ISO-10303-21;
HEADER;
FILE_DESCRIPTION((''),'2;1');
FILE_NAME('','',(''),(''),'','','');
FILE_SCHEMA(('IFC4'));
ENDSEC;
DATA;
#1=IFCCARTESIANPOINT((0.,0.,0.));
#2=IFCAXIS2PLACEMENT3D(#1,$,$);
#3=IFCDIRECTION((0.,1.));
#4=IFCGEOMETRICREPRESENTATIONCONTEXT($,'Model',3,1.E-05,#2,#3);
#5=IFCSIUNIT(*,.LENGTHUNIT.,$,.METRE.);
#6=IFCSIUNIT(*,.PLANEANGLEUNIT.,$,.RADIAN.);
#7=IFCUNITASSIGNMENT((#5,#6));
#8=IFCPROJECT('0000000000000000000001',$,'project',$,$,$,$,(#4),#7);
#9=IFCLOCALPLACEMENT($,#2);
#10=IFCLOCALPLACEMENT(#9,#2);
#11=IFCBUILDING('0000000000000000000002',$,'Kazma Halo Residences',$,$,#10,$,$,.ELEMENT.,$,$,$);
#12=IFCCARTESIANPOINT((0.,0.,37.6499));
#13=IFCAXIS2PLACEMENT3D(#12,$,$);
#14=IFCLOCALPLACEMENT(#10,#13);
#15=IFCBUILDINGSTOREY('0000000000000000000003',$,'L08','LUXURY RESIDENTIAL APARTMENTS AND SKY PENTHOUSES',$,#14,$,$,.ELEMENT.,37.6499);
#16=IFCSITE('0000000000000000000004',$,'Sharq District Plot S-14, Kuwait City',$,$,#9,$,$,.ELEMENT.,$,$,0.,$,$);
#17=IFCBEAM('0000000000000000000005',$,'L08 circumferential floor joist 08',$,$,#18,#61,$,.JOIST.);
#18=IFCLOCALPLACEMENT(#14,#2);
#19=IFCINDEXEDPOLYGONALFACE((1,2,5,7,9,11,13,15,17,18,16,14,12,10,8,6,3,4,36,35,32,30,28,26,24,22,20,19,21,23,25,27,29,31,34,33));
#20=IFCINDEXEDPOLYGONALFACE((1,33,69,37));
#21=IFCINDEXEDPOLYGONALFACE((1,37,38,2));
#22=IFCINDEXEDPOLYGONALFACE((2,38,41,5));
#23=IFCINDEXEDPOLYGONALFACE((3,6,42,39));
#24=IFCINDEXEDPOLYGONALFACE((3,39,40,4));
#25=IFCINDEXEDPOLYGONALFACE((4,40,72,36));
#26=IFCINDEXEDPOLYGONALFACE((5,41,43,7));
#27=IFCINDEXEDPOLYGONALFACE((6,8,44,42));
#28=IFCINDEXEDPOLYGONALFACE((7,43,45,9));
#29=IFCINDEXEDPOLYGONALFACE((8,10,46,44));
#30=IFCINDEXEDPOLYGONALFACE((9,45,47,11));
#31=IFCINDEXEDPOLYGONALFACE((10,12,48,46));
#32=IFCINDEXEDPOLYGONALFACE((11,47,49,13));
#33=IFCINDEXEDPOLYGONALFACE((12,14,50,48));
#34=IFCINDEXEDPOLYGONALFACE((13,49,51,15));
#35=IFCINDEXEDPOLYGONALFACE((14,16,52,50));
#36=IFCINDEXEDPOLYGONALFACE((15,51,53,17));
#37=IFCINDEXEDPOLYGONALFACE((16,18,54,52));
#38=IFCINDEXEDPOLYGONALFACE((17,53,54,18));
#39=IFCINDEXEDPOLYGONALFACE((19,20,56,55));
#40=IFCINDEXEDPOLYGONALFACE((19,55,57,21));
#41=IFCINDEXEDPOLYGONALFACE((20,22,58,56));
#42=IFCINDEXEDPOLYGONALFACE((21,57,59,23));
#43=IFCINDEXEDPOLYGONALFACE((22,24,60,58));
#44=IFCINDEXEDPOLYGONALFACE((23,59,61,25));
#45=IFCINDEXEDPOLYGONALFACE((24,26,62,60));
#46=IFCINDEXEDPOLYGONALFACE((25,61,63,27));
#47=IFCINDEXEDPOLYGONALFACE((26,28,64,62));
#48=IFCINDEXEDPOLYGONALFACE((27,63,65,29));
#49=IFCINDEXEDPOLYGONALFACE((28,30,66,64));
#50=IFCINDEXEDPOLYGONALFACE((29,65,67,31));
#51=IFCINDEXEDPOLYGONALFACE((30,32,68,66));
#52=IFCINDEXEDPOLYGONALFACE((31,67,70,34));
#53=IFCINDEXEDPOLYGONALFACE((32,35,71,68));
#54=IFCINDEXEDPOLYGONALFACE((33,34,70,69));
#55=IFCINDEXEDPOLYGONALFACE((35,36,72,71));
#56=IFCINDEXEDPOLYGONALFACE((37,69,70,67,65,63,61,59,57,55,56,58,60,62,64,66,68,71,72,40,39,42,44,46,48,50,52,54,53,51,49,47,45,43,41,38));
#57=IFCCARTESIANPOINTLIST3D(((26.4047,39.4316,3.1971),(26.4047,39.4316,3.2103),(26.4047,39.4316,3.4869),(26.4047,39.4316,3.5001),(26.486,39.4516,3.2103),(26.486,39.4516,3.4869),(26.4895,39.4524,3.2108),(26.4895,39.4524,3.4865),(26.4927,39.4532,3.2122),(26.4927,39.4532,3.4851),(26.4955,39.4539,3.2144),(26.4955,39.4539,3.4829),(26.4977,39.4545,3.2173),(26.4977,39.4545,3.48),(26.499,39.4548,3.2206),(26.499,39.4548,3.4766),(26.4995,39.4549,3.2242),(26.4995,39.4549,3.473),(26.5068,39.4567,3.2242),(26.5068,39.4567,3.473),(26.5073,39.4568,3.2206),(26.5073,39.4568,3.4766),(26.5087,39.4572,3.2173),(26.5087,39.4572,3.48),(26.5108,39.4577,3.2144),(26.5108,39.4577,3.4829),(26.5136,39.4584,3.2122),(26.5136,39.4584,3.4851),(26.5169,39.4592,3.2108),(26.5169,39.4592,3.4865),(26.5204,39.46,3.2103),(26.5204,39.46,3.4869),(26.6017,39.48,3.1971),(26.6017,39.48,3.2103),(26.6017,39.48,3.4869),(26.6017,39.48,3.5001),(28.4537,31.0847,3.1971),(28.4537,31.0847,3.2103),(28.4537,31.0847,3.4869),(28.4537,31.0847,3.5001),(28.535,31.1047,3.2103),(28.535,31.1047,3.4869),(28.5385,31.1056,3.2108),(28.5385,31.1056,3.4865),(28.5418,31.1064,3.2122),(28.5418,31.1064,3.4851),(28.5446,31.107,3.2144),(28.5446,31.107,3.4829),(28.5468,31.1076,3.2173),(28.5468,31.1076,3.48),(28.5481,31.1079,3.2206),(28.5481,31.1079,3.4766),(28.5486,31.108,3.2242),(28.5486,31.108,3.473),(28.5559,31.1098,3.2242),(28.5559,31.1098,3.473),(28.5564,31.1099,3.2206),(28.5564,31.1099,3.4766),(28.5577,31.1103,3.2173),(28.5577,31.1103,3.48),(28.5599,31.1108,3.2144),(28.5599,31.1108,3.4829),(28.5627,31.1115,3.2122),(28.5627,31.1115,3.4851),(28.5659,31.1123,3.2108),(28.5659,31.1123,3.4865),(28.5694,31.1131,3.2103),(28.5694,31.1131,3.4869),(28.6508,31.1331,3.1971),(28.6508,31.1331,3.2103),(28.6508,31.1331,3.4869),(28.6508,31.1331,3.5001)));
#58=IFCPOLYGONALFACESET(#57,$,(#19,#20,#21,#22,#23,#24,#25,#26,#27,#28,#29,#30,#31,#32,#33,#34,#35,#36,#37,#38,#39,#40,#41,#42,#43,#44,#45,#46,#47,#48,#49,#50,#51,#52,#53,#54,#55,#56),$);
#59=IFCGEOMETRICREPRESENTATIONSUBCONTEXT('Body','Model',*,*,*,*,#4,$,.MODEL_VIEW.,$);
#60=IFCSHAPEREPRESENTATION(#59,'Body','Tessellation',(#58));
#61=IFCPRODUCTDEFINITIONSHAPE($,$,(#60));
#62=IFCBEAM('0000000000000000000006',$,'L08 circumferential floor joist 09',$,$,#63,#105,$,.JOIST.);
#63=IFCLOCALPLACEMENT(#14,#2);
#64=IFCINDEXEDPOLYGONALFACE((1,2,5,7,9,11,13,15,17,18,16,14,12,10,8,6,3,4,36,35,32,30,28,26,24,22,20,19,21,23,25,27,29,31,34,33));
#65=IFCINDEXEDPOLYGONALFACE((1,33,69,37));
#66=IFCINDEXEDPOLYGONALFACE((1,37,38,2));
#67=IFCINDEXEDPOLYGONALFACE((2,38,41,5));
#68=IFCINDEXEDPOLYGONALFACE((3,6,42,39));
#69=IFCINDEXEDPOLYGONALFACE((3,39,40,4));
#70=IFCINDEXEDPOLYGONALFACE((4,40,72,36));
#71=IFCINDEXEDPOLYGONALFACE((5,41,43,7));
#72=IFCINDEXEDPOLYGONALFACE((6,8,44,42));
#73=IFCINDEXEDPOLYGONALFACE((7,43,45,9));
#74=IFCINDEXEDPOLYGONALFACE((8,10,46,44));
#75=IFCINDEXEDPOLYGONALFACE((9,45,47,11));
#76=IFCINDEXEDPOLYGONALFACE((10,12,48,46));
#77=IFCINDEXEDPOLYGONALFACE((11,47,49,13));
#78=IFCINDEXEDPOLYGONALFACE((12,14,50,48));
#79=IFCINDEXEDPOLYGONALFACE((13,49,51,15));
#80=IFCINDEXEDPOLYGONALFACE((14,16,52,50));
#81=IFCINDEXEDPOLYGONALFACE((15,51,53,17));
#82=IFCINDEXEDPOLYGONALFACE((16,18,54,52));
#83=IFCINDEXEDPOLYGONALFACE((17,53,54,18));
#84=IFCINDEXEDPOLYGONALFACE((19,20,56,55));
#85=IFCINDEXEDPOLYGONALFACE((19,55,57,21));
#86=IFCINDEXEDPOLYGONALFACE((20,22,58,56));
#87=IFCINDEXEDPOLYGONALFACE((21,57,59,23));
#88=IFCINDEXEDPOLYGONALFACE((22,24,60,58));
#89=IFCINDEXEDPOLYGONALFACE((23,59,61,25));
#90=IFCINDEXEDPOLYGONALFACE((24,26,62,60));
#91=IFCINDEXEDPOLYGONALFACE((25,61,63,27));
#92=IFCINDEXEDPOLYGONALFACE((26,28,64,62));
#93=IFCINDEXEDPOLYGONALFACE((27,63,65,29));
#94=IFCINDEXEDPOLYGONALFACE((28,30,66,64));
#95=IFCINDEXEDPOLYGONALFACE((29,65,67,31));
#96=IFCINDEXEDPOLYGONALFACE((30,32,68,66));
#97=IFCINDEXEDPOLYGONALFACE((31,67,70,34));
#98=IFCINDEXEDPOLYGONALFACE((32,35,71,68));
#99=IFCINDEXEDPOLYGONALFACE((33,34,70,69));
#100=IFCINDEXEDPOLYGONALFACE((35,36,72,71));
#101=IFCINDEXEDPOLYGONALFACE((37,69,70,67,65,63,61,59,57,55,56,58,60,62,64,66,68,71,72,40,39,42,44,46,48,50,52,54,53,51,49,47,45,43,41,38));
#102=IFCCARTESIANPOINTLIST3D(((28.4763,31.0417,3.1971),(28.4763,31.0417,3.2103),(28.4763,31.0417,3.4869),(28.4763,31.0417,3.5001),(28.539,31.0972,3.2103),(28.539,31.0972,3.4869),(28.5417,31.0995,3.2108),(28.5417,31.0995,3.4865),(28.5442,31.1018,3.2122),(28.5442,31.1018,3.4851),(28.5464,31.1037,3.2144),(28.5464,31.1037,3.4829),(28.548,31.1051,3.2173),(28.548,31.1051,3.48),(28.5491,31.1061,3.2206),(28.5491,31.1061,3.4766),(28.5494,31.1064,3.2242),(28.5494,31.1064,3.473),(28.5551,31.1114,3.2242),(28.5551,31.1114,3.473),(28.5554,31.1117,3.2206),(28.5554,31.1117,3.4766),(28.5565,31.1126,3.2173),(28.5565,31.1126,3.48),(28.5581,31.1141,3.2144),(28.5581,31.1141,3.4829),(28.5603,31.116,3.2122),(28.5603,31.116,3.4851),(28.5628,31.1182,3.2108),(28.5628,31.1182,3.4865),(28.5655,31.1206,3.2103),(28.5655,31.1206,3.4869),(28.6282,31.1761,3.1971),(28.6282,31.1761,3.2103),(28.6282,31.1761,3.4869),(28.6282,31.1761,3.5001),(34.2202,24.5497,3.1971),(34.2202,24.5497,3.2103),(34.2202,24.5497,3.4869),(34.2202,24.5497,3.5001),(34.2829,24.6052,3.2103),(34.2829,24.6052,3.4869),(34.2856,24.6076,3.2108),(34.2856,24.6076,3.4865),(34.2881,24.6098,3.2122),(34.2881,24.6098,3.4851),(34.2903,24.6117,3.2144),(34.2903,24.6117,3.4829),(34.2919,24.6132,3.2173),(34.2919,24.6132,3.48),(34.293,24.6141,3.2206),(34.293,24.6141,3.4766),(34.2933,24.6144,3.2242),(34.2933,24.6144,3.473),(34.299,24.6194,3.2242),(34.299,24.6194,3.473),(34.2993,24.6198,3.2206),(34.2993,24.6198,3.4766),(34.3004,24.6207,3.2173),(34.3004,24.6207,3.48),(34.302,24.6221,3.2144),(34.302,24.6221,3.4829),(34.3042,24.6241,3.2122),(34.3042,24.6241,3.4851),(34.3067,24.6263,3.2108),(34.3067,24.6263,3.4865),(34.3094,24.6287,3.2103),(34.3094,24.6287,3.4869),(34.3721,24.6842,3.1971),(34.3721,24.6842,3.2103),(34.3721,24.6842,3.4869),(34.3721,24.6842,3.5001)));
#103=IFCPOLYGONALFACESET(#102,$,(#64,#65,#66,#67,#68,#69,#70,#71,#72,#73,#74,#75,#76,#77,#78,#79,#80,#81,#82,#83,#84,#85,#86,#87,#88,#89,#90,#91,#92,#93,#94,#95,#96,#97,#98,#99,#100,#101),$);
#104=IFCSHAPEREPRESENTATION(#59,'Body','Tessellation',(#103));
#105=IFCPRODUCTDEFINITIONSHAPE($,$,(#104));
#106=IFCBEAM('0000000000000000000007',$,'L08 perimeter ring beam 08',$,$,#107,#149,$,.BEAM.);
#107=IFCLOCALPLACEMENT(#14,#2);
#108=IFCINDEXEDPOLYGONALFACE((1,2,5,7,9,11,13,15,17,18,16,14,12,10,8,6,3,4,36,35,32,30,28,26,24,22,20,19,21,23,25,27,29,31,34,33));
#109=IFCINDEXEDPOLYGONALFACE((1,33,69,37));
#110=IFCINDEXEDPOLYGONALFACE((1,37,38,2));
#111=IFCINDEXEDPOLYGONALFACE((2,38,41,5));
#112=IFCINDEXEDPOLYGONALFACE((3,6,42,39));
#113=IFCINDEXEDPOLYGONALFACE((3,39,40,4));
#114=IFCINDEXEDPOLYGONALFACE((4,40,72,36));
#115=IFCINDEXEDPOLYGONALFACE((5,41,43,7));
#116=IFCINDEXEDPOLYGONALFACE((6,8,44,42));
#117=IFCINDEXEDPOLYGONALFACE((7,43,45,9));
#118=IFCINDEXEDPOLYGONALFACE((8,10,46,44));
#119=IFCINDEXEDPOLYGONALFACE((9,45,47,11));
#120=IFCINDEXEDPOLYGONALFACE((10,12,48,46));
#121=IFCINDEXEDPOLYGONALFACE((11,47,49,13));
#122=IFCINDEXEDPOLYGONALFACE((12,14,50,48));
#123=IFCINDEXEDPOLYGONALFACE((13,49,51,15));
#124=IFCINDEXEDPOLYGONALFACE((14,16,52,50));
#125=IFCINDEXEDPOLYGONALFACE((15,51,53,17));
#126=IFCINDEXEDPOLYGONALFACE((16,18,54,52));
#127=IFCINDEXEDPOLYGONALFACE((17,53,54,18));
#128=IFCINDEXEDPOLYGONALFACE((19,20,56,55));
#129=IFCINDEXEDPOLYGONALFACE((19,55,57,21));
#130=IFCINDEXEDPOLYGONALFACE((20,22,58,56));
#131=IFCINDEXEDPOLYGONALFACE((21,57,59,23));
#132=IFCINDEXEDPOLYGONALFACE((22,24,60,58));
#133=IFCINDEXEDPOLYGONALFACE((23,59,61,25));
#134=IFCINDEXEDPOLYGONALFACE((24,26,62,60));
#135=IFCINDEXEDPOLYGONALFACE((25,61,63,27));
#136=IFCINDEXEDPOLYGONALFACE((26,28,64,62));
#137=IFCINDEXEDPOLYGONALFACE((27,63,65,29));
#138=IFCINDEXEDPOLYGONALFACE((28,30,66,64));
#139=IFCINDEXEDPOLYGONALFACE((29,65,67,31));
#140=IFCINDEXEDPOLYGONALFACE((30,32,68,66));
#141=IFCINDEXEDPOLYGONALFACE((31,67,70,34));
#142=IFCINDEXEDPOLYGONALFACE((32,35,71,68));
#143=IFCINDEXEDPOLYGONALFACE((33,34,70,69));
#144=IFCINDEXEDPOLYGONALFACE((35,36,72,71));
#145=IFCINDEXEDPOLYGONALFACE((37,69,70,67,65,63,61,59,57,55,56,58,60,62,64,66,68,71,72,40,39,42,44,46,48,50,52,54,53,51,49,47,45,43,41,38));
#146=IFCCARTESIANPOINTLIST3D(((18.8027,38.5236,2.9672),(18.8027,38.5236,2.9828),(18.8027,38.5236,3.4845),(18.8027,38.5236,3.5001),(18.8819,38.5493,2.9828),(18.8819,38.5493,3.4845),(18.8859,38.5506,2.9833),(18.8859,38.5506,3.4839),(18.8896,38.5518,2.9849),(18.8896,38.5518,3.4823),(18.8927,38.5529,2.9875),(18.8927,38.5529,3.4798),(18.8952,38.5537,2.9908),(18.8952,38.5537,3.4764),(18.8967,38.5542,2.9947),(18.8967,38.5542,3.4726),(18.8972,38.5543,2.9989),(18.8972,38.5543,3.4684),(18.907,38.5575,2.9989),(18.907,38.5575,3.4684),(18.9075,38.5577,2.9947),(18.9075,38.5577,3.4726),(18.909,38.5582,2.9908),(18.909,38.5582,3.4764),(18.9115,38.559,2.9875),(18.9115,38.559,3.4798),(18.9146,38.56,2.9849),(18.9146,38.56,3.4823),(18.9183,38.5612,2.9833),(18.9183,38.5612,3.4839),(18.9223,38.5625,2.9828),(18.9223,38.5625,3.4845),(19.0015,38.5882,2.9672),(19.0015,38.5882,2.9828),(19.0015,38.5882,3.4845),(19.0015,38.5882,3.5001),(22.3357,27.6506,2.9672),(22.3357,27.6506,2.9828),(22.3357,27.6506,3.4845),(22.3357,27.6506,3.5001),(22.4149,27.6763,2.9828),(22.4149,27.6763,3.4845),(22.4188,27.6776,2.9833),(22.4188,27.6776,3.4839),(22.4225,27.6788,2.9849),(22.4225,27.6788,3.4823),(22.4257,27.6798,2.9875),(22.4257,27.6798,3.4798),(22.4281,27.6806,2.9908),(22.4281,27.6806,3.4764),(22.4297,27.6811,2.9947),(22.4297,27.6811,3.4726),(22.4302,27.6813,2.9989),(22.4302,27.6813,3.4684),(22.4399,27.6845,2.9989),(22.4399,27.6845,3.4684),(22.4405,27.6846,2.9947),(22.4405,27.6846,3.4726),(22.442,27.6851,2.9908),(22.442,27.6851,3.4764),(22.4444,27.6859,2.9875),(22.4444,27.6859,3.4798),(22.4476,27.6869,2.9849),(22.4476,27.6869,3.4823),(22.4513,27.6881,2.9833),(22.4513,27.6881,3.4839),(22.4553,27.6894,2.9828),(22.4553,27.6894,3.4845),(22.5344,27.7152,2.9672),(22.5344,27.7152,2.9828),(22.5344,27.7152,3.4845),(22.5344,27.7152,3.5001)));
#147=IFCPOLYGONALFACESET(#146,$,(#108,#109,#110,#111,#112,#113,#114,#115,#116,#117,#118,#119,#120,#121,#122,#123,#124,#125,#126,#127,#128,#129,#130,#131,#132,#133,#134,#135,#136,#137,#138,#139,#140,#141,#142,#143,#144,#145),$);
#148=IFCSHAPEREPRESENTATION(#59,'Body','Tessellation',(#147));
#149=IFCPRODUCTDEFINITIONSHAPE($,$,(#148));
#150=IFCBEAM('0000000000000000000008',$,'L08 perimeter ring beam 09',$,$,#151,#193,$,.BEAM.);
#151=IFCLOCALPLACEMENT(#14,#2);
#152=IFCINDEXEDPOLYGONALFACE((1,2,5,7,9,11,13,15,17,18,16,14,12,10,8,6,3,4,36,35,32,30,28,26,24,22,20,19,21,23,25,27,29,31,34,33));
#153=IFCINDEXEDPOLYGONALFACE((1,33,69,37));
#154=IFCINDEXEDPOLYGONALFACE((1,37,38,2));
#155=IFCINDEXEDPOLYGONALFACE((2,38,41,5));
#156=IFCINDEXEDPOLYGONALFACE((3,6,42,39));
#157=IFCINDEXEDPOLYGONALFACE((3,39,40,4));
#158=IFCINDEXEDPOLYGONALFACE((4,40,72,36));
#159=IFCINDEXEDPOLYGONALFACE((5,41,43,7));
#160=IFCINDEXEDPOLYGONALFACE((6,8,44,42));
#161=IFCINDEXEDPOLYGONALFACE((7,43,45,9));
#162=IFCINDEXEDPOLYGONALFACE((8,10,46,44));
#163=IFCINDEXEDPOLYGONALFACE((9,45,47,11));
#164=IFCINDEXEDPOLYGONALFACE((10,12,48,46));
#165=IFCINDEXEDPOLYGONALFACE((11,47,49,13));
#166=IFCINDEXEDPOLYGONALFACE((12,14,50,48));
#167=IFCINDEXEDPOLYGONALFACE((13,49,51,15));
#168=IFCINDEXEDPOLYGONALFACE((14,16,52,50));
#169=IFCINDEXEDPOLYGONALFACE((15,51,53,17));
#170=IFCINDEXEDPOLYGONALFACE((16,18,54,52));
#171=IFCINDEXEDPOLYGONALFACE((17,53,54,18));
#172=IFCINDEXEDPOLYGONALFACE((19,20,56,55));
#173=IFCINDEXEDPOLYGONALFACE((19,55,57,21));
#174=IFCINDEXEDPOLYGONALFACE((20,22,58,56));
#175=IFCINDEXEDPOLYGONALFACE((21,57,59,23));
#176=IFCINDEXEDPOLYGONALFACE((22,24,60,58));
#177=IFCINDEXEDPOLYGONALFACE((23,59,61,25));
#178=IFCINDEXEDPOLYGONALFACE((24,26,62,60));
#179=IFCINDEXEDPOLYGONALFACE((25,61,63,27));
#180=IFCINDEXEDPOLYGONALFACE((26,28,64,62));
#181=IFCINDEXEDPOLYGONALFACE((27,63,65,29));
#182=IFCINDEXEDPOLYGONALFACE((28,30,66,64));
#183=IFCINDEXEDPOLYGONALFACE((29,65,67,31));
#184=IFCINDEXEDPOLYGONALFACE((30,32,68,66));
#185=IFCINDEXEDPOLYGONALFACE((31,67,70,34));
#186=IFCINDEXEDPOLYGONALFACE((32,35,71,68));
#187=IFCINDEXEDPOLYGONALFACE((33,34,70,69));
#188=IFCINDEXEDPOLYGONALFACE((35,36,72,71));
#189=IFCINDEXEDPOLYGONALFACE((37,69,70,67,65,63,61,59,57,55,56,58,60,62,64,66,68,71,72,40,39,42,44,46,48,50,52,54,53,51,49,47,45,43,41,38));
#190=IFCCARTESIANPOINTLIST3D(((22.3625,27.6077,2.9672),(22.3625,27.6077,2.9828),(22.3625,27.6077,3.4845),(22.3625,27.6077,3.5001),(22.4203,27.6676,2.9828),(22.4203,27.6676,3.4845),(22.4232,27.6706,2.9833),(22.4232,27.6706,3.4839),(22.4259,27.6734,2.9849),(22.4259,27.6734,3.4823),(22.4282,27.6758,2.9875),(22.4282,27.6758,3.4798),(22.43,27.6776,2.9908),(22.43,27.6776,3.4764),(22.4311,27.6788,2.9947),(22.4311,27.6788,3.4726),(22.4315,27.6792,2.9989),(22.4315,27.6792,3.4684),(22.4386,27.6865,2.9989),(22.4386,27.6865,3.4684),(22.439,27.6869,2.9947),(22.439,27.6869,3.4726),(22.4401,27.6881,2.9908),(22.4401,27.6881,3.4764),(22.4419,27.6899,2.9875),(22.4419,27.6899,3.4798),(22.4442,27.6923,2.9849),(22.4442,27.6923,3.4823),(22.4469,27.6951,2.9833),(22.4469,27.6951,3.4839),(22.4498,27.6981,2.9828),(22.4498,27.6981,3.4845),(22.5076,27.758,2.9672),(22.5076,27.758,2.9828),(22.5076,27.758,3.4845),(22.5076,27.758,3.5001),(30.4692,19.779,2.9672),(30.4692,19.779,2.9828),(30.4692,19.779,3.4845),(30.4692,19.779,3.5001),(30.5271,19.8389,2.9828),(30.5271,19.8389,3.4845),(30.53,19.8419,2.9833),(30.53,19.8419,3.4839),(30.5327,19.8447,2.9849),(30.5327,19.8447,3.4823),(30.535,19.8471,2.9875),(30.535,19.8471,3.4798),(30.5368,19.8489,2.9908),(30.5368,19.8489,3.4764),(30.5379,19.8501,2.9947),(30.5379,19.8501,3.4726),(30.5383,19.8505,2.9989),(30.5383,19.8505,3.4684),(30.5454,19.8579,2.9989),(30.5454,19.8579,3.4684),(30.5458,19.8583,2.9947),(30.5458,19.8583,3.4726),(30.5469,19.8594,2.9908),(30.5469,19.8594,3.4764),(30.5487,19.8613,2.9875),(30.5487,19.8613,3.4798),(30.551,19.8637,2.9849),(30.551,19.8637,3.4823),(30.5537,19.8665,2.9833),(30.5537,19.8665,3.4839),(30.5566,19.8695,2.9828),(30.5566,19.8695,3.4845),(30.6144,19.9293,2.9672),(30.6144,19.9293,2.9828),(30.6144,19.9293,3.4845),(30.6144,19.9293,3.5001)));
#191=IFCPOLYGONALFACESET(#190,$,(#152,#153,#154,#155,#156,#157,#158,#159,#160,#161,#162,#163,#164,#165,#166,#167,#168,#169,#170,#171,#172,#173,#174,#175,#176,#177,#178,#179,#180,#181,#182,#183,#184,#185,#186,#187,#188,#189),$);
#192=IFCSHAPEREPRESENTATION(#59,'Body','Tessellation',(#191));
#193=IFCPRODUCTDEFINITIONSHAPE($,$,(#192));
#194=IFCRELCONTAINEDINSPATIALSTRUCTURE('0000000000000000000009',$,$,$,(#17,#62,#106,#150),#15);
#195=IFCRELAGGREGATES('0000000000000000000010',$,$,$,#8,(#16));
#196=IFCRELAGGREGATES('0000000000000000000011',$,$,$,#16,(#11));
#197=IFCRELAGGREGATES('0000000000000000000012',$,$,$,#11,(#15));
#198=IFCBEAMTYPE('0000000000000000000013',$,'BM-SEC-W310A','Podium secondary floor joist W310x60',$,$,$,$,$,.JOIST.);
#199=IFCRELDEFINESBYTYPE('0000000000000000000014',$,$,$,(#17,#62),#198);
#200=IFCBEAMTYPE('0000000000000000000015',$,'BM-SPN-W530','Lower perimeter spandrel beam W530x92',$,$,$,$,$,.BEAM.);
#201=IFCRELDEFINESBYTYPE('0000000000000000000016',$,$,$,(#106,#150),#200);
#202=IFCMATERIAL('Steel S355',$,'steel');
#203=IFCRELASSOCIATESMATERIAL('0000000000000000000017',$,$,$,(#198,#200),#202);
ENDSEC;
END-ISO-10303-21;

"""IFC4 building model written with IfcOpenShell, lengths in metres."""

from ifc_helpers import new_model, si_unit, direction, frame, origin, origin_2d, place, context, subcontext, project, spatial, i_section, extrude, material, material_profile, profile_set, type_object, element, save


model = new_model("IFC4")

# Units and contexts
model_context = context("Model", 3, precision=1e-05, world=origin(), true_north=direction((0.0, 1.0)))
body_context = subcontext(model_context, "Body", "Model", "MODEL_VIEW")
ifc_project = project(units=[si_unit("LENGTHUNIT", "METRE"), si_unit("PLANEANGLEUNIT", "RADIAN")], contexts=[model_context])

# Site, building, storey
site_placement = place(None, origin())
site = spatial("IfcSite", under=ifc_project, at=site_placement, Name="Sharq District Plot S-14, Kuwait City", CompositionType="ELEMENT", RefElevation=0.0)
building_placement = place(site_placement, origin())
building = spatial("IfcBuilding", under=site, at=building_placement, Name="Kazma Halo Residences", CompositionType="ELEMENT")
storey_placement = place(building_placement, frame((0.0, 0.0, 37.6499)))
storey = spatial("IfcBuildingStorey", under=building, at=storey_placement, Name="L08", Description="LUXURY RESIDENTIAL APARTMENTS AND SKY PENTHOUSES", CompositionType="ELEMENT", Elevation=37.6499)

# Beams
ifc_material_1 = material(Name="Steel S355", Category="steel")
ifc_material_profile_1 = material_profile(ifc_material_1, i_section(OverallWidth=0.2029, OverallDepth=0.303, WebThickness=0.0076, FlangeThickness=0.0132, FilletRadius=0.0139, at=origin_2d()), Name="W310x60")
ifc_profile_set_1 = profile_set([ifc_material_profile_1], Name="Steel S355")
beam_type_1 = type_object("IfcBeamType", Name="BM-SEC-W310A", Description="Podium secondary floor joist W310x60", PredefinedType="JOIST", material=ifc_profile_set_1)
beam_1_placement = place(storey_placement, frame((26.5032, 39.4558, 3.3486), z_axis=(0.23841, -0.971165, 0.0), x_axis=(0.971165, 0.23841, 0.0)))
element("IfcBeam", 1, at=beam_1_placement, inside=storey, type_object=beam_type_1, Name="L08 circumferential floor joist 08", PredefinedType="JOIST", context=body_context, shape_type="SweptSolid", body=[
    extrude(i_section(OverallWidth=0.2029, OverallDepth=0.303, WebThickness=0.0076, FlangeThickness=0.0132, FilletRadius=0.0139, at=origin_2d()), origin(), (0.0, 0.0, 1.0), 8.5947),
])
beam_2_placement = place(storey_placement, frame((28.5522, 31.1089, 3.3486), z_axis=(0.66264, -0.748938, 0.0), x_axis=(0.748938, 0.66264, 0.0)))
element("IfcBeam", 2, at=beam_2_placement, inside=storey, type_object=beam_type_1, Name="L08 circumferential floor joist 09", PredefinedType="JOIST", context=body_context, shape_type="SweptSolid", body=[
    extrude(i_section(OverallWidth=0.2029, OverallDepth=0.303, WebThickness=0.0076, FlangeThickness=0.0132, FilletRadius=0.0139, at=origin_2d()), origin(), (0.0, 0.0, 1.0), 8.6682),
])
ifc_material_profile_2 = material_profile(ifc_material_1, i_section(OverallWidth=0.209, OverallDepth=0.533, WebThickness=0.0103, FlangeThickness=0.0156, FilletRadius=0.0161, at=origin_2d()), Name="W530x92")
ifc_profile_set_2 = profile_set([ifc_material_profile_2], Name="Steel S355")
beam_type_2 = type_object("IfcBeamType", Name="BM-SPN-W530", Description="Lower perimeter spandrel beam W530x92", PredefinedType="BEAM", material=ifc_profile_set_2)
beam_3_placement = place(storey_placement, frame((18.9021, 38.5559, 3.2336), z_axis=(0.309024, -0.951054, 0.0), x_axis=(0.951054, 0.309024, 0.0)))
element("IfcBeam", 3, at=beam_3_placement, inside=storey, type_object=beam_type_2, Name="L08 perimeter ring beam 08", PredefinedType="BEAM", context=body_context, shape_type="SweptSolid", body=[
    extrude(i_section(OverallWidth=0.209, OverallDepth=0.533, WebThickness=0.0103, FlangeThickness=0.0156, FilletRadius=0.0161, at=origin_2d()), origin(), (0.0, 0.0, 1.0), 11.4326),
])
beam_4_placement = place(storey_placement, frame((22.4351, 27.6829, 3.2336), z_axis=(0.719337, -0.694662, 0.0), x_axis=(0.694662, 0.719337, 0.0)))
element("IfcBeam", 4, at=beam_4_placement, inside=storey, type_object=beam_type_2, Name="L08 perimeter ring beam 09", PredefinedType="BEAM", context=body_context, shape_type="SweptSolid", body=[
    extrude(i_section(OverallWidth=0.209, OverallDepth=0.533, WebThickness=0.0103, FlangeThickness=0.0156, FilletRadius=0.0161, at=origin_2d()), origin(), (0.0, 0.0, 1.0), 11.2698),
])

save(model, "model.ifc")
